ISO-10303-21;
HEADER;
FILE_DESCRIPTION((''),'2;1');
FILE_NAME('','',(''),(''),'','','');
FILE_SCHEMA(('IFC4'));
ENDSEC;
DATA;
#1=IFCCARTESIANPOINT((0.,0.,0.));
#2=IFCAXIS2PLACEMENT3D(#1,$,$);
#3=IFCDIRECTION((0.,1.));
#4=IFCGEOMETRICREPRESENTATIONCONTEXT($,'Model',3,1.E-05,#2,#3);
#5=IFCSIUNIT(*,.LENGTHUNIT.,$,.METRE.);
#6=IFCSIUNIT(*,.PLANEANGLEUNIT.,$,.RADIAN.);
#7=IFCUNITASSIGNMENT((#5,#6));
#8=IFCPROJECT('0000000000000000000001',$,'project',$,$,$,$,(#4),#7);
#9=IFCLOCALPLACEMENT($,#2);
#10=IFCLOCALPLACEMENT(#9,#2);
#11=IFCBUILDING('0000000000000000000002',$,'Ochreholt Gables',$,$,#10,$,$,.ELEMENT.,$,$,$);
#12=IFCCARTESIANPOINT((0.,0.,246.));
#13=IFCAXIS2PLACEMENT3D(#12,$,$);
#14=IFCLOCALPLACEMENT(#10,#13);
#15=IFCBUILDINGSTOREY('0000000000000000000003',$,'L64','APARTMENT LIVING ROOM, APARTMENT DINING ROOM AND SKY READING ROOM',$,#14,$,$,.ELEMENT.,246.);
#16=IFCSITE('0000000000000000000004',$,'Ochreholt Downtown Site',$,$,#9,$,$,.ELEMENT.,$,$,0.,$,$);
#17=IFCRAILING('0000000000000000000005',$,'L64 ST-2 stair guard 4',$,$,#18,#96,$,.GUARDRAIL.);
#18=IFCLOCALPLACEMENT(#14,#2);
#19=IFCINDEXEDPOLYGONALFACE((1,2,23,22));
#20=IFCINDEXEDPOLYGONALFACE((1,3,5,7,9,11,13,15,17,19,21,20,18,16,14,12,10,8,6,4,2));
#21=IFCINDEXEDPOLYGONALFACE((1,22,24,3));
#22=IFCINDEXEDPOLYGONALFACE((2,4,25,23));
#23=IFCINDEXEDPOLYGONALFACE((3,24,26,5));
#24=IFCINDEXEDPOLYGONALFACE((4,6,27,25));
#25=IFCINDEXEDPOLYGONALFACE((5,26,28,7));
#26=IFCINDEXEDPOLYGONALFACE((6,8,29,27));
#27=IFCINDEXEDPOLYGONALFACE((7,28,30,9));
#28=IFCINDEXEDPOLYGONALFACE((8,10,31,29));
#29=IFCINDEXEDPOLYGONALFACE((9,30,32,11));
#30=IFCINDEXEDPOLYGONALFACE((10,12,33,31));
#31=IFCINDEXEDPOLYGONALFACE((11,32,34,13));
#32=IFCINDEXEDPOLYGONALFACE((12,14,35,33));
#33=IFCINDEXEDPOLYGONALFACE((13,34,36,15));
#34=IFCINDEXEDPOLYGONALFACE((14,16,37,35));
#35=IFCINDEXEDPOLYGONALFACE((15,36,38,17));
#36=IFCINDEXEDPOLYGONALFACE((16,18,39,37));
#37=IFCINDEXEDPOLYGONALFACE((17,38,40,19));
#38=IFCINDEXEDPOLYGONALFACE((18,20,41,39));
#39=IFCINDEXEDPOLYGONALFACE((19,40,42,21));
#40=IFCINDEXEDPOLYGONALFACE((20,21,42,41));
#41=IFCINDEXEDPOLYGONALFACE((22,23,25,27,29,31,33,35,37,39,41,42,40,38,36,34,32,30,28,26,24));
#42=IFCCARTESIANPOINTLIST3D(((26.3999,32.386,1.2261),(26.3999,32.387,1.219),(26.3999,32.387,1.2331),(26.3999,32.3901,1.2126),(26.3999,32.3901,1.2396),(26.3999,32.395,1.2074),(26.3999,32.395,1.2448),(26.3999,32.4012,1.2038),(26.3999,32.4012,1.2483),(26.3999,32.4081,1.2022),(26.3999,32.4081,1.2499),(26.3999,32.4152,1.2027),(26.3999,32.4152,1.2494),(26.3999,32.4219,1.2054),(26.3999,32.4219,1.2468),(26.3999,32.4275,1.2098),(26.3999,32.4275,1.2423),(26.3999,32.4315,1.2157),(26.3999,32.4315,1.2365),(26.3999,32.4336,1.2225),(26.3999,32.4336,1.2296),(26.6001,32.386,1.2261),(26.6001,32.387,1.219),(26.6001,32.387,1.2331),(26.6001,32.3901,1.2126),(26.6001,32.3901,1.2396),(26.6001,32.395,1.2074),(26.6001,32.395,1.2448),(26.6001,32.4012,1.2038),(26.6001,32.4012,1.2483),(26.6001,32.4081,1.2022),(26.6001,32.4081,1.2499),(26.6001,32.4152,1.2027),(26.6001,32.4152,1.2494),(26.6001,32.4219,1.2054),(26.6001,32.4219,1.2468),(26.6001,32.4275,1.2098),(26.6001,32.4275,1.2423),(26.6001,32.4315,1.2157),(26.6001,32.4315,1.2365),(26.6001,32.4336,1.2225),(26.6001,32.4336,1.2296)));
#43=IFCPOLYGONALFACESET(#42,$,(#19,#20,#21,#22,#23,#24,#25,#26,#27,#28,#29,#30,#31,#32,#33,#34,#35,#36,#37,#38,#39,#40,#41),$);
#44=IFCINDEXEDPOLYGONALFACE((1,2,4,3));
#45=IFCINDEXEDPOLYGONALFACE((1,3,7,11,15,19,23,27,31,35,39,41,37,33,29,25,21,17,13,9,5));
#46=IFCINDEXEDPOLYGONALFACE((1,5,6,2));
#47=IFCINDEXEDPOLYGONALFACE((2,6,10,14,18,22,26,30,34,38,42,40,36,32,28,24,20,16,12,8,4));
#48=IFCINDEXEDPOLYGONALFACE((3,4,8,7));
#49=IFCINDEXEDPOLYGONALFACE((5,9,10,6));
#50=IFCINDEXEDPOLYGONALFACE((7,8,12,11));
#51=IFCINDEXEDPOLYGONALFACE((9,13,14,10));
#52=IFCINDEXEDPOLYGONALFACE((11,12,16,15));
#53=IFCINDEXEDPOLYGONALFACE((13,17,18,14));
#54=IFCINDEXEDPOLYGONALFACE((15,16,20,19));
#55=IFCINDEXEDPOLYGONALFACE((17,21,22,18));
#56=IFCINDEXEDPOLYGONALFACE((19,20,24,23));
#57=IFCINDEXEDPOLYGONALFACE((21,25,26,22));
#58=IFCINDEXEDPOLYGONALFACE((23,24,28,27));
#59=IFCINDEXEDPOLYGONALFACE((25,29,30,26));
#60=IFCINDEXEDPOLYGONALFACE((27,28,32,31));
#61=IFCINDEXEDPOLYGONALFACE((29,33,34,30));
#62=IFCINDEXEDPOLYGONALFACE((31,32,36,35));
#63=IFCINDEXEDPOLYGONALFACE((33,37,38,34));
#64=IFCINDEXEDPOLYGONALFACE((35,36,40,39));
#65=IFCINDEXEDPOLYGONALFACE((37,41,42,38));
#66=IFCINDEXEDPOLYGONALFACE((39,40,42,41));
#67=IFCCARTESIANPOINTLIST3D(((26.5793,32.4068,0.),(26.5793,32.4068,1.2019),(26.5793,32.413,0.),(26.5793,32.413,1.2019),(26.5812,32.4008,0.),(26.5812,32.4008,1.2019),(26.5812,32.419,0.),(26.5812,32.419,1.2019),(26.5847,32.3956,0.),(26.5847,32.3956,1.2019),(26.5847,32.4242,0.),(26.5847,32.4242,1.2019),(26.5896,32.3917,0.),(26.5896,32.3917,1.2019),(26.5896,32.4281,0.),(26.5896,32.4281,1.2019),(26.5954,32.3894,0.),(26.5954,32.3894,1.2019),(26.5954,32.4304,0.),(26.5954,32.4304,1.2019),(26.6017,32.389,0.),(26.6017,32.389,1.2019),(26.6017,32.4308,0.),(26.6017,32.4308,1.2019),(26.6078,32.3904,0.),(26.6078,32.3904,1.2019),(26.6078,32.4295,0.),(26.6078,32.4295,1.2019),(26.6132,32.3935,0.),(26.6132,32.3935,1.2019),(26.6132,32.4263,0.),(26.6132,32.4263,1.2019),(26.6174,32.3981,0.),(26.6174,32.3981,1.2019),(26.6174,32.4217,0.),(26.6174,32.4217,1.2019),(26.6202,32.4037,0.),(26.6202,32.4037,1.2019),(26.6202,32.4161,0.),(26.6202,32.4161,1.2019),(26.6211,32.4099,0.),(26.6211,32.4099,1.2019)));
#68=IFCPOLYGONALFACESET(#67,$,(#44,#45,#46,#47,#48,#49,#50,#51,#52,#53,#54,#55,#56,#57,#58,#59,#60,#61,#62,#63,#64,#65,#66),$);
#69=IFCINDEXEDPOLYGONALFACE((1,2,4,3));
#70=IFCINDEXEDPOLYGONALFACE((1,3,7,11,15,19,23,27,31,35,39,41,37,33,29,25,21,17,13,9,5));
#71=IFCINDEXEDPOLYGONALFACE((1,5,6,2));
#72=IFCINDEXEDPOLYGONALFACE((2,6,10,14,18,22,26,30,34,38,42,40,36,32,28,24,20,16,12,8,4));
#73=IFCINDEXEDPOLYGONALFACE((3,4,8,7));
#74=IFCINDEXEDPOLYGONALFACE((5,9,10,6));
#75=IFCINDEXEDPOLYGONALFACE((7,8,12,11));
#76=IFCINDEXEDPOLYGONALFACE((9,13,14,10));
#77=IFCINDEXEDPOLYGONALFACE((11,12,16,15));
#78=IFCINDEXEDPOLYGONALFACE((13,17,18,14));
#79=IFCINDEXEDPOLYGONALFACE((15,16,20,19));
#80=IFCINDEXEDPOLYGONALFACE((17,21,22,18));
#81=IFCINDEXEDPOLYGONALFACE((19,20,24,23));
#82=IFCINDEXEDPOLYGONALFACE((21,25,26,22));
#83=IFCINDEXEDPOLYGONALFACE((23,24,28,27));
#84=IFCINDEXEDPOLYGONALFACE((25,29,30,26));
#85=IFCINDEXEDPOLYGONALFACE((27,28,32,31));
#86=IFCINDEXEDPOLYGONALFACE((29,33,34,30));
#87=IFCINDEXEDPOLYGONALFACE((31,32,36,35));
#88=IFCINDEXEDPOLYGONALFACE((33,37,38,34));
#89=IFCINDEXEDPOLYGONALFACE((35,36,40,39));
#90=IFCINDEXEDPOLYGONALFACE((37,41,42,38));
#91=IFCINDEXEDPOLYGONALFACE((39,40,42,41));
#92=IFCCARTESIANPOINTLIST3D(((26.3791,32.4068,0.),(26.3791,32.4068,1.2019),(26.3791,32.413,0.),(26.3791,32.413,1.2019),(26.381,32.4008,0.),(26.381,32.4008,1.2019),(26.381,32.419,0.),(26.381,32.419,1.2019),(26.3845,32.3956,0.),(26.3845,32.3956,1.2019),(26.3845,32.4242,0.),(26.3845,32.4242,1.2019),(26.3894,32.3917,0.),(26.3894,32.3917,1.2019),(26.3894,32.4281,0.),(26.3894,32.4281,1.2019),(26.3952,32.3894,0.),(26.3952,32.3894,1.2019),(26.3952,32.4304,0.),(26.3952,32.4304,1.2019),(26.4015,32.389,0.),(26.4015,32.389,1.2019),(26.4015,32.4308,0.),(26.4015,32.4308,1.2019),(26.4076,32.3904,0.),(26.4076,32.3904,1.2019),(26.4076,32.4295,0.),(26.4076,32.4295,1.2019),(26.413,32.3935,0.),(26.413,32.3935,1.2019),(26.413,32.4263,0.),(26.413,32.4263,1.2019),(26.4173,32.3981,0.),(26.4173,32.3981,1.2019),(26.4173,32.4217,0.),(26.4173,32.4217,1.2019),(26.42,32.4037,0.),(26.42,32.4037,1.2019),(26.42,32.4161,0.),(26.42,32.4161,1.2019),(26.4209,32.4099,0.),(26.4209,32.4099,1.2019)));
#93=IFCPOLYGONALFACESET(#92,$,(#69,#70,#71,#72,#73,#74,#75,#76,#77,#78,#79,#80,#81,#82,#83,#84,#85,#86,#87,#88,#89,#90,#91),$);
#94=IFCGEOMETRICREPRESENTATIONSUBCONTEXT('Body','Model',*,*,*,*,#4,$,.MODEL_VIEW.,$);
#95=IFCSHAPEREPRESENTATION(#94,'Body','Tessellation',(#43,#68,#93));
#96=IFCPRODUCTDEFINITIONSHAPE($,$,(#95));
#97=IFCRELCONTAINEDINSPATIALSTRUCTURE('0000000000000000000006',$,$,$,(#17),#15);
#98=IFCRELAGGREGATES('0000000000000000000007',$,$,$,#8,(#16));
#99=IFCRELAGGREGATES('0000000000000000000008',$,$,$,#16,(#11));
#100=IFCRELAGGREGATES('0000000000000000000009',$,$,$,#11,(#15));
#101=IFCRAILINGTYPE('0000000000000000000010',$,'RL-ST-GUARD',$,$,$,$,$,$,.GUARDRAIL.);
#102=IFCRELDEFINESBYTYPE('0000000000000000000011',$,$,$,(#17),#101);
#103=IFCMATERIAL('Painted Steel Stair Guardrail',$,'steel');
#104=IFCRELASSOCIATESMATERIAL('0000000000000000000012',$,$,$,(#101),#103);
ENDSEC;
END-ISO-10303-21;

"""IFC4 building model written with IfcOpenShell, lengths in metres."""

from ifc_helpers import new_model, si_unit, direction, frame, origin, origin_2d, place, context, subcontext, project, spatial, circle, extrude, material, type_object, element, save


model = new_model("IFC4")

# Units and contexts
model_context = context("Model", 3, precision=1e-05, world=origin(), true_north=direction((0.0, 1.0)))
body_context = subcontext(model_context, "Body", "Model", "MODEL_VIEW")
ifc_project = project(units=[si_unit("LENGTHUNIT", "METRE"), si_unit("PLANEANGLEUNIT", "RADIAN")], contexts=[model_context])

# Site, building, storey
site_placement = place(None, origin())
site = spatial("IfcSite", under=ifc_project, at=site_placement, Name="Ochreholt Downtown Site", CompositionType="ELEMENT", RefElevation=0.0)
building_placement = place(site_placement, origin())
building = spatial("IfcBuilding", under=site, at=building_placement, Name="Ochreholt Gables", CompositionType="ELEMENT")
storey_placement = place(building_placement, frame((0.0, 0.0, 246.0)))
storey = spatial("IfcBuildingStorey", under=building, at=storey_placement, Name="L64", Description="APARTMENT LIVING ROOM, APARTMENT DINING ROOM AND SKY READING ROOM", CompositionType="ELEMENT", Elevation=246.0)

# Railing
ifc_material_1 = material(Name="Painted Steel Stair Guardrail", Category="steel")
railing_type_1 = type_object("IfcRailingType", Name="RL-ST-GUARD", PredefinedType="GUARDRAIL", material=ifc_material_1)
railing_1_placement = place(storey_placement, frame((26.6001, 32.4099, 0.0)))
element("IfcRailing", 1, at=railing_1_placement, inside=storey, type_object=railing_type_1, Name="L64 ST-2 stair guard 4", PredefinedType="GUARDRAIL", context=body_context, shape_type="SweptSolid", body=[
    extrude(circle(Radius=0.0239, at=origin_2d()), frame((0.0, 0.0, 1.2261), z_axis=(-1.0, 0.0, 0.0), x_axis=(0.0, -1.0, 0.0)), (0.0, 0.0, 1.0), 0.2002),
    extrude(circle(Radius=0.021, at=origin_2d()), origin(), (0.0, 0.0, 1.0), 1.2019),
    extrude(circle(Radius=0.021, at=origin_2d()), frame((-0.2002, 0.0, 0.0)), (0.0, 0.0, 1.0), 1.2019),
])

save(model, "model.ifc")
